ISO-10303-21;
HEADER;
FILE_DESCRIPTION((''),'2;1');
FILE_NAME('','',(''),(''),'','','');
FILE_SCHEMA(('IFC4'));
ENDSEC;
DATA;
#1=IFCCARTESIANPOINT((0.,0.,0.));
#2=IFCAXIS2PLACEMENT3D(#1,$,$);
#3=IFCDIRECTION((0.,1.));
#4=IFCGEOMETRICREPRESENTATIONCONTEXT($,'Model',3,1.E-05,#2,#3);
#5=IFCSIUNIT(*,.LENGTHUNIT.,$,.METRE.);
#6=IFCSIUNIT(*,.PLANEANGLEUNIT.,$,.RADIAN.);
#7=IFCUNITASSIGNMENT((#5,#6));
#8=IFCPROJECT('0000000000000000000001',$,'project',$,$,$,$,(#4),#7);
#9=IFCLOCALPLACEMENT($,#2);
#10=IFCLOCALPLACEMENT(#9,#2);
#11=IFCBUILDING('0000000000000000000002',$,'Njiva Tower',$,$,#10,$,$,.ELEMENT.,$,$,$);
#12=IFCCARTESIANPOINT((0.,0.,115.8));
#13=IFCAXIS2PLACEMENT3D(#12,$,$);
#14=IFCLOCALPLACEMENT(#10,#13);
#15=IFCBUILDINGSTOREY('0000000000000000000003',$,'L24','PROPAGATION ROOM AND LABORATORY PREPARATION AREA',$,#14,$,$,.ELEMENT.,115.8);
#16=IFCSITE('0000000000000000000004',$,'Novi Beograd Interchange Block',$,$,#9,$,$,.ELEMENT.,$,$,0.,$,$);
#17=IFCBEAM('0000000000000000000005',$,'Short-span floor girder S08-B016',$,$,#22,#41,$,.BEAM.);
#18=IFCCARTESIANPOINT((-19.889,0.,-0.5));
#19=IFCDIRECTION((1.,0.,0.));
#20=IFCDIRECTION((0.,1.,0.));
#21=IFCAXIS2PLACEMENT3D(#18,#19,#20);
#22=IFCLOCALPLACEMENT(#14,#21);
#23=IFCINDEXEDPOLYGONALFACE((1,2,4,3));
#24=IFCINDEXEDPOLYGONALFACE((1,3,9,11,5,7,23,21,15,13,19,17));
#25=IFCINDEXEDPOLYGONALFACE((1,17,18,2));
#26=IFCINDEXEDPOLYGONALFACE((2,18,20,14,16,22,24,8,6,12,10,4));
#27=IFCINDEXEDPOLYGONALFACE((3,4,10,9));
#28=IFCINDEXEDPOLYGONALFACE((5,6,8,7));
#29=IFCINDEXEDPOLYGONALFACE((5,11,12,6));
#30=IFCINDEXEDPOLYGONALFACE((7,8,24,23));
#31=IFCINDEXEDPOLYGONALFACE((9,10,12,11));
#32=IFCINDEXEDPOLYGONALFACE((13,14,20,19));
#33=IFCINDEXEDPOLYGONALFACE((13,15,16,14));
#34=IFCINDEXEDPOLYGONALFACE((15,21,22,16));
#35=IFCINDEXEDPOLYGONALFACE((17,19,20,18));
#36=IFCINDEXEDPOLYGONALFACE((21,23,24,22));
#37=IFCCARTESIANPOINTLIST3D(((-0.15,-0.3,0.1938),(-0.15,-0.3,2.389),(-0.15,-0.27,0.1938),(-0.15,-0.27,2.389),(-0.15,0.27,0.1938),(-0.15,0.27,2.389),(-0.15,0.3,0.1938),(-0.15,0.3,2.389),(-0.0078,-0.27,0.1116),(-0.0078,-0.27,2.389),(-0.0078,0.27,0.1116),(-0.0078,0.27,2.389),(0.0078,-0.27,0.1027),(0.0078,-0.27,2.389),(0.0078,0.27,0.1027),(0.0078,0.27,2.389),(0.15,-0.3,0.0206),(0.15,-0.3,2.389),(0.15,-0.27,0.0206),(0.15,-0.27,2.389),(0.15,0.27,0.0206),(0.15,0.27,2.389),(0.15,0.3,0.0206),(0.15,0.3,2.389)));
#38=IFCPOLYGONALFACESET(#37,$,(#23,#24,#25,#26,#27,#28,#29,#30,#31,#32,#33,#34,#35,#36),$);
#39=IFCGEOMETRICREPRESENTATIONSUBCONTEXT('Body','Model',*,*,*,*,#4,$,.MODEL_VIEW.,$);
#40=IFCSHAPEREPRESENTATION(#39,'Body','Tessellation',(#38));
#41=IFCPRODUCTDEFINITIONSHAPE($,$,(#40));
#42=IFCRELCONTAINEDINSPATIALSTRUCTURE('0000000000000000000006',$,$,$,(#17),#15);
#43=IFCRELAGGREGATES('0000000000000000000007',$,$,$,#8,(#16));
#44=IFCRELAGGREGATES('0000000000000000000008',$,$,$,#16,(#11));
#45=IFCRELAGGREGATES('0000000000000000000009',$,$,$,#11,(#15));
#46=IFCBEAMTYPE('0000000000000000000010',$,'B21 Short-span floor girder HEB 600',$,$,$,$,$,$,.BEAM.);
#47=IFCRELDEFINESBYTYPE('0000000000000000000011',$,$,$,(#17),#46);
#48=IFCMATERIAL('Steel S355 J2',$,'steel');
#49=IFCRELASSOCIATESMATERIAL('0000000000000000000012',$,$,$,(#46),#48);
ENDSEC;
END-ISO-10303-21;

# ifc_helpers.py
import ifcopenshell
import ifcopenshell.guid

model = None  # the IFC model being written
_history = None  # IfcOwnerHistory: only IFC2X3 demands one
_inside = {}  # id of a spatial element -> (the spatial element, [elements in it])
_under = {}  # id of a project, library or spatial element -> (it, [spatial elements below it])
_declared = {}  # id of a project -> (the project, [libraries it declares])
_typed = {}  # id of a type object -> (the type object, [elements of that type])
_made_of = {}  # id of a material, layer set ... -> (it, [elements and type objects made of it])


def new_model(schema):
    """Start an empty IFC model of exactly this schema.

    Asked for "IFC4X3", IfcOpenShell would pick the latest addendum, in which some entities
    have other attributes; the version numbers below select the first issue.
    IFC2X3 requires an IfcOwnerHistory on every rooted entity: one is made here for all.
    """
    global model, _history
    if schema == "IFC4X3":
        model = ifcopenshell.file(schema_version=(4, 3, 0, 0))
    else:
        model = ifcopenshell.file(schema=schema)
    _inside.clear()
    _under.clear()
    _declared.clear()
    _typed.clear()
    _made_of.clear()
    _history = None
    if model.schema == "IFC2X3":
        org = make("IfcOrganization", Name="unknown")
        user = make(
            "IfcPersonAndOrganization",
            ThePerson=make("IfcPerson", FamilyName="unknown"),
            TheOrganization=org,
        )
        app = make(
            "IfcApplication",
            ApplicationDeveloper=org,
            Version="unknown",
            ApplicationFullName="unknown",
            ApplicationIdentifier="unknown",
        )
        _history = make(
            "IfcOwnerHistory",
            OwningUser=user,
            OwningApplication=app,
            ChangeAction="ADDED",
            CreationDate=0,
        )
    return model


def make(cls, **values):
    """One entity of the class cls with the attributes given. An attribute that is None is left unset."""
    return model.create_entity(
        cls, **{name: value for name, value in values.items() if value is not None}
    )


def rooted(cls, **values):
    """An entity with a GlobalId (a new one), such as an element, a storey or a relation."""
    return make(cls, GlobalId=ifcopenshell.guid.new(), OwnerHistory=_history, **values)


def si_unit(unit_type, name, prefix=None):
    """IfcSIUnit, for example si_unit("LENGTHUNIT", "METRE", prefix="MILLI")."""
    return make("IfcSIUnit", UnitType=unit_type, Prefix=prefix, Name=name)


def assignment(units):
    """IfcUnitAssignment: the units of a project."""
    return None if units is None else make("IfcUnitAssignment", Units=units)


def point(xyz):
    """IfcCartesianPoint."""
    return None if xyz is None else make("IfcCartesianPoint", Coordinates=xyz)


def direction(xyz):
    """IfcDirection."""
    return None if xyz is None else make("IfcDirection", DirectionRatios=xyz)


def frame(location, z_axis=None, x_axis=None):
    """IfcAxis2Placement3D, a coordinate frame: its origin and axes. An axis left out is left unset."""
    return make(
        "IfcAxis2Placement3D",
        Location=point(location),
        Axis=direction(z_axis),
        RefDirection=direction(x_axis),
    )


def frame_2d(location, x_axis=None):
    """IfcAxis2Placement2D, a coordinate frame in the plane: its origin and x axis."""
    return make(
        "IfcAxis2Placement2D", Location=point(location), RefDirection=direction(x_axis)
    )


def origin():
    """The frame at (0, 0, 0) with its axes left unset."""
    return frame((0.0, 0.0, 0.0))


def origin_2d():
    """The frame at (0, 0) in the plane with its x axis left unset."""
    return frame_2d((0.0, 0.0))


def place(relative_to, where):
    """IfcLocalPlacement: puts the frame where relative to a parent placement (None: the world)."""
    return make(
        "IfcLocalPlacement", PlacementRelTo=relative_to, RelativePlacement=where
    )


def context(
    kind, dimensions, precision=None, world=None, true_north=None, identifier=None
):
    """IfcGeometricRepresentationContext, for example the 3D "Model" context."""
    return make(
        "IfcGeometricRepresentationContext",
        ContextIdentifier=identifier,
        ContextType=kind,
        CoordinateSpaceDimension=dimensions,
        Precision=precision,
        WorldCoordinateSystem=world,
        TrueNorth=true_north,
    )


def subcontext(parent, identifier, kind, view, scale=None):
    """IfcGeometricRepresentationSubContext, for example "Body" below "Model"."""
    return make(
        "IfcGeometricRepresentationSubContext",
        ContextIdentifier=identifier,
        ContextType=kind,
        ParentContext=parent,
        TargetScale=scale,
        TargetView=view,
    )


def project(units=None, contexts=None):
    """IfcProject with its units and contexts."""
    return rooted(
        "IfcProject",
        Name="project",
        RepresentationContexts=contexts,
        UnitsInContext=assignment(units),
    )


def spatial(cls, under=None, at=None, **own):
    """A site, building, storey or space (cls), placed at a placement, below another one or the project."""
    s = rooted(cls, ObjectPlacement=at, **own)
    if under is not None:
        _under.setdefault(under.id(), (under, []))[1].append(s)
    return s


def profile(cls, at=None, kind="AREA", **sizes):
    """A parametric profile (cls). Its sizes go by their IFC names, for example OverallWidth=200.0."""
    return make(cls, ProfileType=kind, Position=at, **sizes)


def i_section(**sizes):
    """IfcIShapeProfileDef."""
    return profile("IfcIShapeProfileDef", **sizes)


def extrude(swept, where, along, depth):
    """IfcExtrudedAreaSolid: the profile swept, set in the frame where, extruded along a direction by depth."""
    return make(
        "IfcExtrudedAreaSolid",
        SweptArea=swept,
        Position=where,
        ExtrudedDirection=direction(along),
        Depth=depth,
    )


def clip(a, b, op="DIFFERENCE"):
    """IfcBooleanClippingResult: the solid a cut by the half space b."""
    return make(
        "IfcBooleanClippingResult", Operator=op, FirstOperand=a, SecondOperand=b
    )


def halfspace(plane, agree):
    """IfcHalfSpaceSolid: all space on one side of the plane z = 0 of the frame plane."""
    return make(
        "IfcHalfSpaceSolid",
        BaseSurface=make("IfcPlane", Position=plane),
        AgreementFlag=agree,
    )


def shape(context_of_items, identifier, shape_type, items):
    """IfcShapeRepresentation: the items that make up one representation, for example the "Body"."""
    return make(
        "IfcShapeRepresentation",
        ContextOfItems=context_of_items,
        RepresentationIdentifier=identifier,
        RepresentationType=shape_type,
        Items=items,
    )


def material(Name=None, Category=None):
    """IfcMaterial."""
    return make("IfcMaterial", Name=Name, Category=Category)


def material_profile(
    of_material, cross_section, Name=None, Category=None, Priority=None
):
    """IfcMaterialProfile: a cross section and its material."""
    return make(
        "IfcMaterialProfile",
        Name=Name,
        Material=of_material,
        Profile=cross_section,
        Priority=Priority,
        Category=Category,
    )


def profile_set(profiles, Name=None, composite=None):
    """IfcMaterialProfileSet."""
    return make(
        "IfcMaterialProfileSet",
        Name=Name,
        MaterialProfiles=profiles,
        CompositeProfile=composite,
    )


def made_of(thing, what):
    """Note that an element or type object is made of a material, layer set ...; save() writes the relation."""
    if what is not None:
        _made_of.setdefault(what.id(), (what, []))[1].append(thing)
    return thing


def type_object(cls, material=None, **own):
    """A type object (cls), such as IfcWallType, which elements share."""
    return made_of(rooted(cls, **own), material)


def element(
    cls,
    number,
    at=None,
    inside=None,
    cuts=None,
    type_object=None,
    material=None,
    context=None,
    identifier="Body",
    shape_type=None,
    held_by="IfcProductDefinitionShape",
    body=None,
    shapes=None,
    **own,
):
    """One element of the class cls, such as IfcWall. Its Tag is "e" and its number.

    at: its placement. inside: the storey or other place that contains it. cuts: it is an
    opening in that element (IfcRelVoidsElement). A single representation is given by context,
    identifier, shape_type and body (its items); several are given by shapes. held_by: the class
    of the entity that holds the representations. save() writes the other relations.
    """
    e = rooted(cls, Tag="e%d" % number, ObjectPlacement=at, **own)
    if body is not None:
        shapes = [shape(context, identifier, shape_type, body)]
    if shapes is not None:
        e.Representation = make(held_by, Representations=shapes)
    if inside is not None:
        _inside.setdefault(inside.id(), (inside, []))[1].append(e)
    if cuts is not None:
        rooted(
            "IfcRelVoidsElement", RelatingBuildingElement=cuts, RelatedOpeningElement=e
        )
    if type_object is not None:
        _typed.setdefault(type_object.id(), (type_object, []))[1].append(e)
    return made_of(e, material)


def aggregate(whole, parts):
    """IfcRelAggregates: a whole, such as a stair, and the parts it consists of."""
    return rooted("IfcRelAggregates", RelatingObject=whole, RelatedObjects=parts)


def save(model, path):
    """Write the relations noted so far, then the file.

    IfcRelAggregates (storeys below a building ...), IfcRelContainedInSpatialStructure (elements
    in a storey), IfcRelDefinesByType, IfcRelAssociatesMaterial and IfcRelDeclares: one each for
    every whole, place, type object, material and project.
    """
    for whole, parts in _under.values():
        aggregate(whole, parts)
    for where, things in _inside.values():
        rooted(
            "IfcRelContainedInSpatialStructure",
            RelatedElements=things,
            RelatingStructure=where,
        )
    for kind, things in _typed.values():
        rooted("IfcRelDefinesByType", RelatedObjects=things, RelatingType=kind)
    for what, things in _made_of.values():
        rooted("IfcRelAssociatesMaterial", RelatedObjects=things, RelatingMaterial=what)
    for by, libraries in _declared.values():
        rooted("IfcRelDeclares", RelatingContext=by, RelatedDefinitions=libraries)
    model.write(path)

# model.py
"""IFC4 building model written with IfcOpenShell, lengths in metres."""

from ifc_helpers import new_model, si_unit, direction, frame, origin, origin_2d, place, context, subcontext, project, spatial, i_section, extrude, clip, halfspace, material, material_profile, profile_set, type_object, element, save


model = new_model("IFC4")

# Units and contexts
model_context = context("Model", 3, precision=1e-05, world=origin(), true_north=direction((0.0, 1.0)))
body_context = subcontext(model_context, "Body", "Model", "MODEL_VIEW")
ifc_project = project(units=[si_unit("LENGTHUNIT", "METRE"), si_unit("PLANEANGLEUNIT", "RADIAN")], contexts=[model_context])

# Site, building, storey
site_placement = place(None, origin())
site = spatial("IfcSite", under=ifc_project, at=site_placement, Name="Novi Beograd Interchange Block", CompositionType="ELEMENT", RefElevation=0.0)
building_placement = place(site_placement, origin())
building = spatial("IfcBuilding", under=site, at=building_placement, Name="Njiva Tower", CompositionType="ELEMENT")
storey_placement = place(building_placement, frame((0.0, 0.0, 115.8)))
storey = spatial("IfcBuildingStorey", under=building, at=storey_placement, Name="L24", Description="PROPAGATION ROOM AND LABORATORY PREPARATION AREA", CompositionType="ELEMENT", Elevation=115.8)

# Shared definitions
ifc_material_1 = material(Name="Steel S355 J2", Category="steel")

# Beam
ifc_material_profile_1 = material_profile(ifc_material_1, i_section(OverallWidth=0.3, OverallDepth=0.6, WebThickness=0.0155, FlangeThickness=0.03, at=origin_2d()), Name="HEB 600")
ifc_profile_set_1 = profile_set([ifc_material_profile_1], Name="Steel S355 J2")
beam_type_1 = type_object("IfcBeamType", Name="B21 Short-span floor girder HEB 600", PredefinedType="BEAM", material=ifc_profile_set_1)
beam_1_placement = place(storey_placement, frame((-19.889, 0.0, -0.5), z_axis=(1.0, 0.0, 0.0), x_axis=(0.0, 1.0, 0.0)))
element("IfcBeam", 1, at=beam_1_placement, inside=storey, type_object=beam_type_1, Name="Short-span floor girder S08-B016", PredefinedType="BEAM", context=body_context, shape_type="Clipping", body=[
    clip(extrude(i_section(OverallWidth=0.3, OverallDepth=0.6, WebThickness=0.0155, FlangeThickness=0.03, at=origin_2d()), origin(), (0.0, 0.0, 1.0), 2.389), halfspace(frame((-0.025, 0.0, 0.1216), z_axis=(-0.499998, 0.0, -0.866027), x_axis=(0.0, -1.0, 0.0)), False)),
])

save(model, "model.ifc")
